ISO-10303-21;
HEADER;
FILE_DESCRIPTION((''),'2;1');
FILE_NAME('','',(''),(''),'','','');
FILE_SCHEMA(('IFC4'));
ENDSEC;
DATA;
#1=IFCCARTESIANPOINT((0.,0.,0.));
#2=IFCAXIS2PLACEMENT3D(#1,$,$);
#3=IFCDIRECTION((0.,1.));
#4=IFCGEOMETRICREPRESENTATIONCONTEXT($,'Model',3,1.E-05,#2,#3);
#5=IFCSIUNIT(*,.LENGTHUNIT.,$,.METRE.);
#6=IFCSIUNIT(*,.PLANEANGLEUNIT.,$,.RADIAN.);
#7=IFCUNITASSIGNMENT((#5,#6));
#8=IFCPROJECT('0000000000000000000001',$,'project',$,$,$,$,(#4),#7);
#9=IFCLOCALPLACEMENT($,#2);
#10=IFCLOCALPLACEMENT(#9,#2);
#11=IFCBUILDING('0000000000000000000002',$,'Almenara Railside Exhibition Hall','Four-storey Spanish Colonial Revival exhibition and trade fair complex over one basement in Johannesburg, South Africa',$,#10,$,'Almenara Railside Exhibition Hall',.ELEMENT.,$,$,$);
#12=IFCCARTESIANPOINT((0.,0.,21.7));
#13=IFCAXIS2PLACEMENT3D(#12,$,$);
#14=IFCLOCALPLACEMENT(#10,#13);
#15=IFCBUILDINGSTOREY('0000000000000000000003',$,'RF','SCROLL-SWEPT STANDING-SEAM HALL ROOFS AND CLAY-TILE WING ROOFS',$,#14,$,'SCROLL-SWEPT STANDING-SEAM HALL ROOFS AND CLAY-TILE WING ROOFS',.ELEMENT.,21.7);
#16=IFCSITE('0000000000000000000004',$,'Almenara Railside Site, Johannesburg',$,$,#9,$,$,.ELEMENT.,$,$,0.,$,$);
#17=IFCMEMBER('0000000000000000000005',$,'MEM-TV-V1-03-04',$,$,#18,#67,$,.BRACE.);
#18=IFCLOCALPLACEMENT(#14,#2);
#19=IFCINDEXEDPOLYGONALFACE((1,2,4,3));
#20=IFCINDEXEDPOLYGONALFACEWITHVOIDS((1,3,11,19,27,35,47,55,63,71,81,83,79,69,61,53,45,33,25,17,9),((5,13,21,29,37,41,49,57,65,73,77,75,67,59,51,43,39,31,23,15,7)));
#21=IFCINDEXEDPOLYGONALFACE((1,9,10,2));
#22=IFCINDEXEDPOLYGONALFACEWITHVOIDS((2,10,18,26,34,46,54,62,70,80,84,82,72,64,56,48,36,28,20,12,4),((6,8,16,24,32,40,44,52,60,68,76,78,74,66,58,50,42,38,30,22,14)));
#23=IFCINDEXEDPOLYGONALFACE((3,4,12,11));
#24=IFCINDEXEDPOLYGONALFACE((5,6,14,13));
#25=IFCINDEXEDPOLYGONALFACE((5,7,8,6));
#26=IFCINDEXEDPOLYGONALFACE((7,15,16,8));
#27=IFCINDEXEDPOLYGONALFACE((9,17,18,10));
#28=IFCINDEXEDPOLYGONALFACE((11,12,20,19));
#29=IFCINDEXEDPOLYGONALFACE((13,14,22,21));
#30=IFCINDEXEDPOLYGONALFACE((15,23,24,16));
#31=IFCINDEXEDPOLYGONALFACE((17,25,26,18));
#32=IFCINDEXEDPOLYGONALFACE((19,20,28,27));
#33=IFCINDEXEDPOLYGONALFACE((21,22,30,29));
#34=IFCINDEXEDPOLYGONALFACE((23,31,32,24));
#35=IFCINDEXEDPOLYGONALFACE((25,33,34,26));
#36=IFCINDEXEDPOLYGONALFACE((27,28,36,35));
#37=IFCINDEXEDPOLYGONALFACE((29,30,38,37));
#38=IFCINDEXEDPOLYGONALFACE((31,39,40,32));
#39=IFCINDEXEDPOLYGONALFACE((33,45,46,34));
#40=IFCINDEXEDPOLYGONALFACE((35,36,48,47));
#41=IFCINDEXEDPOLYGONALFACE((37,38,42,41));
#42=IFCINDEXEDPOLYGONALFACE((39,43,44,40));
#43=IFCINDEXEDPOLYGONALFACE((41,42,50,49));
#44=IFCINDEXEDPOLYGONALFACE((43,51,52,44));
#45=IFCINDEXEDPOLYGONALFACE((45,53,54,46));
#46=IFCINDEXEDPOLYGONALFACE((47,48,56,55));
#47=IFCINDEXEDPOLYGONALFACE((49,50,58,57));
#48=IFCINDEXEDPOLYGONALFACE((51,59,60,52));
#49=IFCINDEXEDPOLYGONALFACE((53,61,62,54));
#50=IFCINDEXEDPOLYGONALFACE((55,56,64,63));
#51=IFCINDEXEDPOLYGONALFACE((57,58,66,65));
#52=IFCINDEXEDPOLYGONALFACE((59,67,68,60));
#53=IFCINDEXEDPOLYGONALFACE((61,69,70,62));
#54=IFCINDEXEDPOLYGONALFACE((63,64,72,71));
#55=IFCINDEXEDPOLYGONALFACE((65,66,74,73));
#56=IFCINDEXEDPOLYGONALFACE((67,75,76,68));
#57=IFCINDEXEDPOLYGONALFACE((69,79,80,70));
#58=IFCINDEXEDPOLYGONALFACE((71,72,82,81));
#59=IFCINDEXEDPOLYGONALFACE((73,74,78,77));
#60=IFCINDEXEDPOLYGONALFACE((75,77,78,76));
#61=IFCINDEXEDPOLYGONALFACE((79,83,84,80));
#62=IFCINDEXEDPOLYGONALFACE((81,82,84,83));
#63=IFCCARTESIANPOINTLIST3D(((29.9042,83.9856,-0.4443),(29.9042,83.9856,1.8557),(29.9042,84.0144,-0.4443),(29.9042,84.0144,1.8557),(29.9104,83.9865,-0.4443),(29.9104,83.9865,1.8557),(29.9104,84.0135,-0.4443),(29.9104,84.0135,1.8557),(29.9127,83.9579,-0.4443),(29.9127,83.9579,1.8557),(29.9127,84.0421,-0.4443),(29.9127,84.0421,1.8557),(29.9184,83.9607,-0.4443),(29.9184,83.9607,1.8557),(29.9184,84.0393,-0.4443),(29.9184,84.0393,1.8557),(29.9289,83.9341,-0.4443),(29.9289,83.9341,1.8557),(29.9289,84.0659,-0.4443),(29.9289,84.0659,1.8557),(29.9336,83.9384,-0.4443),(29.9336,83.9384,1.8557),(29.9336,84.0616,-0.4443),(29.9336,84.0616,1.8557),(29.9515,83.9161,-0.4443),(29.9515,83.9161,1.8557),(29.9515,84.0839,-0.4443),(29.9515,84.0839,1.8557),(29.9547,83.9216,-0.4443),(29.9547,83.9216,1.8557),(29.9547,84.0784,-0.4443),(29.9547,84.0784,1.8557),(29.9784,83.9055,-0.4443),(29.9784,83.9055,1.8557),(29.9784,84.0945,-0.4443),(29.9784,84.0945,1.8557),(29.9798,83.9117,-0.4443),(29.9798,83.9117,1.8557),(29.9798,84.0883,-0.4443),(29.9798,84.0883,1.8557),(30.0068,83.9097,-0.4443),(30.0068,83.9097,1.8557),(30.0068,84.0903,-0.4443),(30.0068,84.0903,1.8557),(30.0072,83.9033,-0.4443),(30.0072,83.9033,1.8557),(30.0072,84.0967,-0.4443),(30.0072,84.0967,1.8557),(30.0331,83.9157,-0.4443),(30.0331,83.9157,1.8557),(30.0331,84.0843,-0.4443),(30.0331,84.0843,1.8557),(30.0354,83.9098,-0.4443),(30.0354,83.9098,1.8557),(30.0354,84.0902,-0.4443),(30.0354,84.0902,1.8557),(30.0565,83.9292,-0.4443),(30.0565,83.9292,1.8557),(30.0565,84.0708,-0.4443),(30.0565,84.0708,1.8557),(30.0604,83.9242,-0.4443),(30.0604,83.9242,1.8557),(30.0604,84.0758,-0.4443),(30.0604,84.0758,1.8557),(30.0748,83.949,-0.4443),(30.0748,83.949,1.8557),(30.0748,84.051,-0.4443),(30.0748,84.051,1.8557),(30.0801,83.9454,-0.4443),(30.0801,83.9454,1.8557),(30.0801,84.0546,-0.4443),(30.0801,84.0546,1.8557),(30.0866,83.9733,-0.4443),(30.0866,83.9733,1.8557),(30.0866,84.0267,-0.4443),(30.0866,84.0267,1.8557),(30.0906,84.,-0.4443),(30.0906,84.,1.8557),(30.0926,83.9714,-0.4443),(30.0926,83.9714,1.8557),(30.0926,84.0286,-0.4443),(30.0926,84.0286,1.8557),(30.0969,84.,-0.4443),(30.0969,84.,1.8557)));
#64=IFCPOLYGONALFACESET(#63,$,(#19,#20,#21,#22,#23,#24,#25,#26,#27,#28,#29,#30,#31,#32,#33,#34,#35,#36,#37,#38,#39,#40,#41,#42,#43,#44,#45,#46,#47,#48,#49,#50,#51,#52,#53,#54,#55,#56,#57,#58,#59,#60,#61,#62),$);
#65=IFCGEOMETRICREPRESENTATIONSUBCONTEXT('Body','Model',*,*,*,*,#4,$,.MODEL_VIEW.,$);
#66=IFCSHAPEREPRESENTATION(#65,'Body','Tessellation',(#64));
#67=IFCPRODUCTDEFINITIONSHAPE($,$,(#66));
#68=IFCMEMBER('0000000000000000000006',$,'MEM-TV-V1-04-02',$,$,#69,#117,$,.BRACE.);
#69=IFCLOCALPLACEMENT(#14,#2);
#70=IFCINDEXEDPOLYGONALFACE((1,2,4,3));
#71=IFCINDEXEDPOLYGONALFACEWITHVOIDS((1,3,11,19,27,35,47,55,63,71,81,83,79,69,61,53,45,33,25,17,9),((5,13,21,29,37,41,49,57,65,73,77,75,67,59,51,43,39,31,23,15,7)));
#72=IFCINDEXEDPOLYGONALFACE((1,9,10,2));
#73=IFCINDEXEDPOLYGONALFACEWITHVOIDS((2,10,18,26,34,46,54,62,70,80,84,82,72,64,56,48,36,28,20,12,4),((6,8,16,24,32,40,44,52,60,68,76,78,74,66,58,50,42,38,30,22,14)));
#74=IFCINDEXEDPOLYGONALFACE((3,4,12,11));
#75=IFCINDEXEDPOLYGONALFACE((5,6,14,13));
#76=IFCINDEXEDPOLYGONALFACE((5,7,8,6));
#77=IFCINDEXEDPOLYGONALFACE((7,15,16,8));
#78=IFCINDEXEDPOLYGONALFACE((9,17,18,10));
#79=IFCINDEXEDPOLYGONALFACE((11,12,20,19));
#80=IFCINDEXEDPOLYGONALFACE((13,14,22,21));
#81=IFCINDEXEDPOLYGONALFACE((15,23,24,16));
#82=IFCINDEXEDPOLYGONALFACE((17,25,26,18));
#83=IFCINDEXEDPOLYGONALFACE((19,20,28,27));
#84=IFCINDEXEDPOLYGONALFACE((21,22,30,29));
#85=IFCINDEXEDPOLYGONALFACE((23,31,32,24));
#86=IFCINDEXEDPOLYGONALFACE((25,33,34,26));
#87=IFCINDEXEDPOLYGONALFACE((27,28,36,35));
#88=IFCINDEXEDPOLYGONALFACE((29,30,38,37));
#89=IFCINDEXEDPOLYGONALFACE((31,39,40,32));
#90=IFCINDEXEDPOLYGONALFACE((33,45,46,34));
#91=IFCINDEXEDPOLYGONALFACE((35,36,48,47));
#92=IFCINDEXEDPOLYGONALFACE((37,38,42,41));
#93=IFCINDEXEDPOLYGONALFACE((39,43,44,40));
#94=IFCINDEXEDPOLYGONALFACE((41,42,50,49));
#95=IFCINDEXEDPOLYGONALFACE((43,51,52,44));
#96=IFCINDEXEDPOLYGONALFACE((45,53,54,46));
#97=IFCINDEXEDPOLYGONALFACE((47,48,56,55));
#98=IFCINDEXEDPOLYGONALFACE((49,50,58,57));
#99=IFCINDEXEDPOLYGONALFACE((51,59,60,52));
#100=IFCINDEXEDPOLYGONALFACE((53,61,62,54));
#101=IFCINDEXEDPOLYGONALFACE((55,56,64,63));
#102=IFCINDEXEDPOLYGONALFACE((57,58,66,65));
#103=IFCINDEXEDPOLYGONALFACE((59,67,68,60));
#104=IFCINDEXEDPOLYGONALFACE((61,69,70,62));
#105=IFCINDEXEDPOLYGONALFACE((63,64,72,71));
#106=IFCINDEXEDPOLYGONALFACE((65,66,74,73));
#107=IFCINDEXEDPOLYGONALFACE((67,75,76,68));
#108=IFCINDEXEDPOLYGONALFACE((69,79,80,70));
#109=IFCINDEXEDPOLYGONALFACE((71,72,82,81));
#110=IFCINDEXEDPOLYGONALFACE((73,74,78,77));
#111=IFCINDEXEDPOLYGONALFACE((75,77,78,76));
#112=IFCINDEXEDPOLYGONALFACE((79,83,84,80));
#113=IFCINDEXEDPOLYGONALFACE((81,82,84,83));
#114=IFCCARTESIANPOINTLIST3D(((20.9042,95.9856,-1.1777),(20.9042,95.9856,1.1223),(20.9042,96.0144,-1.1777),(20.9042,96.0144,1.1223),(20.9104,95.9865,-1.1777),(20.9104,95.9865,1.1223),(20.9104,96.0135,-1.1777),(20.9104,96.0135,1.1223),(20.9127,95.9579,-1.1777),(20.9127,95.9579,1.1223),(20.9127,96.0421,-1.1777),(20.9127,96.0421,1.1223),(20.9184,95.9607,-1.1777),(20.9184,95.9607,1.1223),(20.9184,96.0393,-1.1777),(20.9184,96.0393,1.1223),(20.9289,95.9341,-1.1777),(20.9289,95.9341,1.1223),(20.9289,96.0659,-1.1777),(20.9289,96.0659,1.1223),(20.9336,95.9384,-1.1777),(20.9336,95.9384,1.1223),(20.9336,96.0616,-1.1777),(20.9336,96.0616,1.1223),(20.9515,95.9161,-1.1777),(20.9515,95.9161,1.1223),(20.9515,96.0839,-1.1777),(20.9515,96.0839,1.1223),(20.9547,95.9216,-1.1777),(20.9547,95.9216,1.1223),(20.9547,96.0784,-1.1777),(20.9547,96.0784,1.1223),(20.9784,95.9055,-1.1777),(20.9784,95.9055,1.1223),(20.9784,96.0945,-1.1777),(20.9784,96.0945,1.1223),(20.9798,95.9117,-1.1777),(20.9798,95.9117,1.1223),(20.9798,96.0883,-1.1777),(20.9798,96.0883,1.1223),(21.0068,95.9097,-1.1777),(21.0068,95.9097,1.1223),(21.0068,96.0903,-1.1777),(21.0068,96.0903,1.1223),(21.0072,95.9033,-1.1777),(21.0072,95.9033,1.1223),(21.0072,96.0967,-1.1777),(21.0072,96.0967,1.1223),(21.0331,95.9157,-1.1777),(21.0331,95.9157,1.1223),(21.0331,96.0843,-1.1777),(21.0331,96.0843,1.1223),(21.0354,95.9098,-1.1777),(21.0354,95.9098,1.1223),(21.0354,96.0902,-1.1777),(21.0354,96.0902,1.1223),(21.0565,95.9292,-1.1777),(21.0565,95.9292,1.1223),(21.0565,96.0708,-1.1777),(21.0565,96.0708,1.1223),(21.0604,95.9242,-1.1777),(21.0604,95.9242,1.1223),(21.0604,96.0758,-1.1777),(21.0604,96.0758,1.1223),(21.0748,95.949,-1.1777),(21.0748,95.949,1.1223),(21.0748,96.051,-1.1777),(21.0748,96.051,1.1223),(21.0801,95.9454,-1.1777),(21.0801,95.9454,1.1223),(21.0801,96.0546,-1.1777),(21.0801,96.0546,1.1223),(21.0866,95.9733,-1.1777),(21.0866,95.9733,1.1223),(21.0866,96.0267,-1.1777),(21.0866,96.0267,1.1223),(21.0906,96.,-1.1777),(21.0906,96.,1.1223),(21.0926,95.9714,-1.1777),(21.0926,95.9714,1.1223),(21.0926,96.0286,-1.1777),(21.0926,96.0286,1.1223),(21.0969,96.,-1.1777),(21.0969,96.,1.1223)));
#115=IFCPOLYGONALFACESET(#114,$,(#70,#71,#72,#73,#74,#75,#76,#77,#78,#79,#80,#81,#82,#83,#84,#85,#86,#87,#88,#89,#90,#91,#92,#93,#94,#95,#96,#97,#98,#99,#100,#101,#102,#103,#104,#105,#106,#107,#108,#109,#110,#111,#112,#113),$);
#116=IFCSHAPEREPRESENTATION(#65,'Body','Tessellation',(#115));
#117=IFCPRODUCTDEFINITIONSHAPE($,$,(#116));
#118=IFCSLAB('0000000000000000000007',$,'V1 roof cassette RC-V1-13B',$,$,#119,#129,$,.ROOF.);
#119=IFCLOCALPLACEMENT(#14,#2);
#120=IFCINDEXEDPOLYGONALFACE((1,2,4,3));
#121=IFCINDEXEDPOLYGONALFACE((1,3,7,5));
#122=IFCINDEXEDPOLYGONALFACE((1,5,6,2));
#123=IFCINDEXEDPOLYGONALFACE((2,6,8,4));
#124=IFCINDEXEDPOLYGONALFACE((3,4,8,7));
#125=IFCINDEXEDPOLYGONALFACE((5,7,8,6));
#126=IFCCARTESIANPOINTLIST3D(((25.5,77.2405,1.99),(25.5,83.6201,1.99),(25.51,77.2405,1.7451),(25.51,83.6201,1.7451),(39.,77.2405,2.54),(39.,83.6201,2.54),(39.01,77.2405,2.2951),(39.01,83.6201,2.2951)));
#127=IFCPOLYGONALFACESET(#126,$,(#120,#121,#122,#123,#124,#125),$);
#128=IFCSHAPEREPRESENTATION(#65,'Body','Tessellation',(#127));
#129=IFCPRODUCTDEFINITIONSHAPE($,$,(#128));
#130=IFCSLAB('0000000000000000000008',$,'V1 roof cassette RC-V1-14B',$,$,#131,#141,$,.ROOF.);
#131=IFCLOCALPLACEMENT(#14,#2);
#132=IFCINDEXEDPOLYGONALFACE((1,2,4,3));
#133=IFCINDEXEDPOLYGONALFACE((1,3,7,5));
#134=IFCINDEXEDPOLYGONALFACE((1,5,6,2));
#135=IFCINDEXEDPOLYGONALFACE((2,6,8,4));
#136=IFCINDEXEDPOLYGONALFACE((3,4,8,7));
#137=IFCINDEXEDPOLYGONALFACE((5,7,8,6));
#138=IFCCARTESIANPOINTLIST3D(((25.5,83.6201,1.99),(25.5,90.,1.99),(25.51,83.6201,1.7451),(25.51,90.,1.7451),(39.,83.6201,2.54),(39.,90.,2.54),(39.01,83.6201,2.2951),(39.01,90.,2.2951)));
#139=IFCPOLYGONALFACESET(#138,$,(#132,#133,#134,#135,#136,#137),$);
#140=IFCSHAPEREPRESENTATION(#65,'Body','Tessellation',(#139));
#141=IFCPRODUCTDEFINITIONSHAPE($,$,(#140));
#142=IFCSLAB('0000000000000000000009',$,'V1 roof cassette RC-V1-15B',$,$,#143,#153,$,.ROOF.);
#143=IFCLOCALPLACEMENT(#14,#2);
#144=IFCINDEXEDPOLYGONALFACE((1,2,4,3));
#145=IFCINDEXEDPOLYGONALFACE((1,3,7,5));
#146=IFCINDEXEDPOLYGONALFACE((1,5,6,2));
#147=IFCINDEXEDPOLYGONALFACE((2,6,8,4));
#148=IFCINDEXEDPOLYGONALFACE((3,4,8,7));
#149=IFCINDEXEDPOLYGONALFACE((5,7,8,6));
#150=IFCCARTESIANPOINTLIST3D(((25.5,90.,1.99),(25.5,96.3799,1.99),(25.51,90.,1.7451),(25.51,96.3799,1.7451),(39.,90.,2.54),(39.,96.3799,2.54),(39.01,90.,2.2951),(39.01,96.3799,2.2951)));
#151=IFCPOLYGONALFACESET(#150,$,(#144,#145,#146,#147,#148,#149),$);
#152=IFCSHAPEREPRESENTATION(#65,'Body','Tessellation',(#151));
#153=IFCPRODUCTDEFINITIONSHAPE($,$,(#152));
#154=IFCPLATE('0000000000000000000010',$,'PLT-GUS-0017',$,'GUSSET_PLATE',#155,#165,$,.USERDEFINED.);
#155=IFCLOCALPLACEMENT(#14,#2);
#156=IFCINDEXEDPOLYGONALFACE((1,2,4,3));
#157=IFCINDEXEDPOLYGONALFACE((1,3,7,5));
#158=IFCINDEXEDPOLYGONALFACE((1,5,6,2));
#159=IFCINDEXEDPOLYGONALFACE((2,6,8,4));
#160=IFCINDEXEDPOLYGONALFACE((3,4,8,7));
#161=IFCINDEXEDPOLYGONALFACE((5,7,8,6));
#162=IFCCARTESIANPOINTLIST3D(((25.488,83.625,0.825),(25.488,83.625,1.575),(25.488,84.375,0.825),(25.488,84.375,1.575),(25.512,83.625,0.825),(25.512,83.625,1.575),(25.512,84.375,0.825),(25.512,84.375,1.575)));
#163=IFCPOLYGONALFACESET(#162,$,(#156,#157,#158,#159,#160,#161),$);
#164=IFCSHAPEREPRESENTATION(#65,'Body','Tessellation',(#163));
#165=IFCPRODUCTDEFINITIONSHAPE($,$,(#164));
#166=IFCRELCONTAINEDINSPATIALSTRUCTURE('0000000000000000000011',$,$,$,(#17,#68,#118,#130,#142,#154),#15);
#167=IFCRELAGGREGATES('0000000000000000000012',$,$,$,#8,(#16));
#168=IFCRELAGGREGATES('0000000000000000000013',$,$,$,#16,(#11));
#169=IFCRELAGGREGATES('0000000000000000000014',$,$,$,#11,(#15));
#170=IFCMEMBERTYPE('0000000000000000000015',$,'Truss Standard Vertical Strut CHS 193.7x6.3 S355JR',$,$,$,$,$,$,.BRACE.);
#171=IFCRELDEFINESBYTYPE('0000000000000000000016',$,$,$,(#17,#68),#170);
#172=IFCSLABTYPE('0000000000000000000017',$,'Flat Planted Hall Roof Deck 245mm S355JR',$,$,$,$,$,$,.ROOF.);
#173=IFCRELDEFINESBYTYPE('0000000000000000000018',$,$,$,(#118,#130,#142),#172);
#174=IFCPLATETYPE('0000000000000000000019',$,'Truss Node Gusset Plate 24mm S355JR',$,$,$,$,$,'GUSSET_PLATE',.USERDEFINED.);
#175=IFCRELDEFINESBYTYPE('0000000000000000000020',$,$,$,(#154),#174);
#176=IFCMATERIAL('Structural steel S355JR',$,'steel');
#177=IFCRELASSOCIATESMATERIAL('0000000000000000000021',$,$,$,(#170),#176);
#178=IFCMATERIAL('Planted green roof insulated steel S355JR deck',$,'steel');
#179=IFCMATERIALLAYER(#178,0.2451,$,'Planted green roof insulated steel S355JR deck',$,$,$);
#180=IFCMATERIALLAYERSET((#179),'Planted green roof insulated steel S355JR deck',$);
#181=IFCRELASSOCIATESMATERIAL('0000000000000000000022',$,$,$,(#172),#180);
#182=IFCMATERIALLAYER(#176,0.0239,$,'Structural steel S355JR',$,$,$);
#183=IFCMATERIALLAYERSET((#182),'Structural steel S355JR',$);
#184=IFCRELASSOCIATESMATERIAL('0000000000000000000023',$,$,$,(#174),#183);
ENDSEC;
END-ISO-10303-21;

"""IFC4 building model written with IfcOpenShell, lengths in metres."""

from ifc_helpers import new_model, si_unit, direction, frame, origin, origin_2d, place, context, subcontext, project, spatial, polyline, rectangle, hollow_circle, outline, extrude, material, layer, layer_set, material_profile, profile_set, type_object, element, save


model = new_model("IFC4")

# Units and contexts
model_context = context("Model", 3, precision=1e-05, world=origin(), true_north=direction((0.0, 1.0)))
body_context = subcontext(model_context, "Body", "Model", "MODEL_VIEW")
ifc_project = project(units=[si_unit("LENGTHUNIT", "METRE"), si_unit("PLANEANGLEUNIT", "RADIAN")], contexts=[model_context])

# Site, building, storey
site_placement = place(None, origin())
site = spatial("IfcSite", under=ifc_project, at=site_placement, Name="Almenara Railside Site, Johannesburg", CompositionType="ELEMENT", RefElevation=0.0)
building_placement = place(site_placement, origin())
building = spatial("IfcBuilding", under=site, at=building_placement, Name="Almenara Railside Exhibition Hall", Description="Four-storey Spanish Colonial Revival exhibition and trade fair complex over one basement in Johannesburg, South Africa", LongName="Almenara Railside Exhibition Hall", CompositionType="ELEMENT")
storey_placement = place(building_placement, frame((0.0, 0.0, 21.7)))
storey = spatial("IfcBuildingStorey", under=building, at=storey_placement, Name="RF", Description="SCROLL-SWEPT STANDING-SEAM HALL ROOFS AND CLAY-TILE WING ROOFS", LongName="SCROLL-SWEPT STANDING-SEAM HALL ROOFS AND CLAY-TILE WING ROOFS", CompositionType="ELEMENT", Elevation=21.7)

# Members
ifc_material_1 = material(Name="Structural steel S355JR", Category="steel")
ifc_material_profile_1 = material_profile(ifc_material_1, hollow_circle(Radius=0.0969, WallThickness=0.0063, at=origin_2d()), Name="CHS 193.7x6.3")
ifc_profile_set_1 = profile_set([ifc_material_profile_1], Name="Structural steel S355JR")
member_type_1 = type_object("IfcMemberType", Name="Truss Standard Vertical Strut CHS 193.7x6.3 S355JR", PredefinedType="BRACE", material=ifc_profile_set_1)
for number, where, z_axis, x_axis, name in (
    (1, (30.0, 84.0, -0.4443), (0.0, 0.0, 1.0), (1.0, 0.0, 0.0), "MEM-TV-V1-03-04"),
    (2, (21.0, 96.0, -1.1777), (0.0, 0.0, 1.0), (1.0, 0.0, 0.0), "MEM-TV-V1-04-02"),
):
    element("IfcMember", number, at=place(storey_placement, frame(where, z_axis=z_axis, x_axis=x_axis)), inside=storey, type_object=member_type_1, Name=name, PredefinedType="BRACE", context=body_context, shape_type="SweptSolid", body=[
        extrude(hollow_circle(Radius=0.0969, WallThickness=0.0063, at=origin_2d()), origin(), (0.0, 0.0, 1.0), 2.3),
    ])

# Slabs
ifc_material_2 = material(Name="Planted green roof insulated steel S355JR deck", Category="steel")
ifc_layer_1 = layer(ifc_material_2, 0.2451, Name="Planted green roof insulated steel S355JR deck")
ifc_layer_set_1 = layer_set([ifc_layer_1], Name="Planted green roof insulated steel S355JR deck")
slab_type = type_object("IfcSlabType", Name="Flat Planted Hall Roof Deck 245mm S355JR", PredefinedType="ROOF", material=ifc_layer_set_1)
slab_placement = place(storey_placement, frame((25.5, 77.2405, 1.99), z_axis=(-0.040711, 0.0, 0.999171), x_axis=(0.999171, 0.0, 0.040711)))
element("IfcSlab", 3, at=slab_placement, inside=storey, type_object=slab_type, Name="V1 roof cassette RC-V1-13B", PredefinedType="ROOF", context=body_context, shape_type="SweptSolid", body=[
    extrude(outline(polyline([(0.0, 0.0), (13.5112, 0.0), (13.5112, 6.3796), (0.0, 6.3796), (0.0, 0.0)])), origin(), (0.0, 0.0, -1.0), 0.2451),
])
for number, where, z_axis, x_axis, name in (
    (4, (25.5, 83.6201, 1.99), (-0.040711, 0.0, 0.999171), (0.999171, 0.0, 0.040711), "V1 roof cassette RC-V1-14B"),
    (5, (25.5, 90.0, 1.99), (-0.040711, 0.0, 0.999171), (0.999171, 0.0, 0.040711), "V1 roof cassette RC-V1-15B"),
):
    element("IfcSlab", number, at=place(storey_placement, frame(where, z_axis=z_axis, x_axis=x_axis)), inside=storey, type_object=slab_type, Name=name, PredefinedType="ROOF", context=body_context, shape_type="SweptSolid", body=[
        extrude(outline(polyline([(0.0, 0.0), (13.5112, 0.0), (13.5112, 6.3799), (0.0, 6.3799), (0.0, 0.0)])), origin(), (0.0, 0.0, -1.0), 0.2451),
    ])

# Plate
ifc_layer_2 = layer(ifc_material_1, 0.0239, Name="Structural steel S355JR")
ifc_layer_set_2 = layer_set([ifc_layer_2], Name="Structural steel S355JR")
plate_type = type_object("IfcPlateType", Name="Truss Node Gusset Plate 24mm S355JR", ElementType="GUSSET_PLATE", PredefinedType="USERDEFINED", material=ifc_layer_set_2)
plate_placement = place(storey_placement, frame((25.5, 84.0, 0.825), z_axis=(0.0, 0.0, 1.0), x_axis=(0.0, 1.0, 0.0)))
element("IfcPlate", 6, at=plate_placement, inside=storey, type_object=plate_type, Name="PLT-GUS-0017", ObjectType="GUSSET_PLATE", PredefinedType="USERDEFINED", context=body_context, shape_type="SweptSolid", body=[
    extrude(rectangle(XDim=0.75, YDim=0.0239, at=origin_2d()), origin(), (0.0, 0.0, 1.0), 0.75),
])

save(model, "model.ifc")
